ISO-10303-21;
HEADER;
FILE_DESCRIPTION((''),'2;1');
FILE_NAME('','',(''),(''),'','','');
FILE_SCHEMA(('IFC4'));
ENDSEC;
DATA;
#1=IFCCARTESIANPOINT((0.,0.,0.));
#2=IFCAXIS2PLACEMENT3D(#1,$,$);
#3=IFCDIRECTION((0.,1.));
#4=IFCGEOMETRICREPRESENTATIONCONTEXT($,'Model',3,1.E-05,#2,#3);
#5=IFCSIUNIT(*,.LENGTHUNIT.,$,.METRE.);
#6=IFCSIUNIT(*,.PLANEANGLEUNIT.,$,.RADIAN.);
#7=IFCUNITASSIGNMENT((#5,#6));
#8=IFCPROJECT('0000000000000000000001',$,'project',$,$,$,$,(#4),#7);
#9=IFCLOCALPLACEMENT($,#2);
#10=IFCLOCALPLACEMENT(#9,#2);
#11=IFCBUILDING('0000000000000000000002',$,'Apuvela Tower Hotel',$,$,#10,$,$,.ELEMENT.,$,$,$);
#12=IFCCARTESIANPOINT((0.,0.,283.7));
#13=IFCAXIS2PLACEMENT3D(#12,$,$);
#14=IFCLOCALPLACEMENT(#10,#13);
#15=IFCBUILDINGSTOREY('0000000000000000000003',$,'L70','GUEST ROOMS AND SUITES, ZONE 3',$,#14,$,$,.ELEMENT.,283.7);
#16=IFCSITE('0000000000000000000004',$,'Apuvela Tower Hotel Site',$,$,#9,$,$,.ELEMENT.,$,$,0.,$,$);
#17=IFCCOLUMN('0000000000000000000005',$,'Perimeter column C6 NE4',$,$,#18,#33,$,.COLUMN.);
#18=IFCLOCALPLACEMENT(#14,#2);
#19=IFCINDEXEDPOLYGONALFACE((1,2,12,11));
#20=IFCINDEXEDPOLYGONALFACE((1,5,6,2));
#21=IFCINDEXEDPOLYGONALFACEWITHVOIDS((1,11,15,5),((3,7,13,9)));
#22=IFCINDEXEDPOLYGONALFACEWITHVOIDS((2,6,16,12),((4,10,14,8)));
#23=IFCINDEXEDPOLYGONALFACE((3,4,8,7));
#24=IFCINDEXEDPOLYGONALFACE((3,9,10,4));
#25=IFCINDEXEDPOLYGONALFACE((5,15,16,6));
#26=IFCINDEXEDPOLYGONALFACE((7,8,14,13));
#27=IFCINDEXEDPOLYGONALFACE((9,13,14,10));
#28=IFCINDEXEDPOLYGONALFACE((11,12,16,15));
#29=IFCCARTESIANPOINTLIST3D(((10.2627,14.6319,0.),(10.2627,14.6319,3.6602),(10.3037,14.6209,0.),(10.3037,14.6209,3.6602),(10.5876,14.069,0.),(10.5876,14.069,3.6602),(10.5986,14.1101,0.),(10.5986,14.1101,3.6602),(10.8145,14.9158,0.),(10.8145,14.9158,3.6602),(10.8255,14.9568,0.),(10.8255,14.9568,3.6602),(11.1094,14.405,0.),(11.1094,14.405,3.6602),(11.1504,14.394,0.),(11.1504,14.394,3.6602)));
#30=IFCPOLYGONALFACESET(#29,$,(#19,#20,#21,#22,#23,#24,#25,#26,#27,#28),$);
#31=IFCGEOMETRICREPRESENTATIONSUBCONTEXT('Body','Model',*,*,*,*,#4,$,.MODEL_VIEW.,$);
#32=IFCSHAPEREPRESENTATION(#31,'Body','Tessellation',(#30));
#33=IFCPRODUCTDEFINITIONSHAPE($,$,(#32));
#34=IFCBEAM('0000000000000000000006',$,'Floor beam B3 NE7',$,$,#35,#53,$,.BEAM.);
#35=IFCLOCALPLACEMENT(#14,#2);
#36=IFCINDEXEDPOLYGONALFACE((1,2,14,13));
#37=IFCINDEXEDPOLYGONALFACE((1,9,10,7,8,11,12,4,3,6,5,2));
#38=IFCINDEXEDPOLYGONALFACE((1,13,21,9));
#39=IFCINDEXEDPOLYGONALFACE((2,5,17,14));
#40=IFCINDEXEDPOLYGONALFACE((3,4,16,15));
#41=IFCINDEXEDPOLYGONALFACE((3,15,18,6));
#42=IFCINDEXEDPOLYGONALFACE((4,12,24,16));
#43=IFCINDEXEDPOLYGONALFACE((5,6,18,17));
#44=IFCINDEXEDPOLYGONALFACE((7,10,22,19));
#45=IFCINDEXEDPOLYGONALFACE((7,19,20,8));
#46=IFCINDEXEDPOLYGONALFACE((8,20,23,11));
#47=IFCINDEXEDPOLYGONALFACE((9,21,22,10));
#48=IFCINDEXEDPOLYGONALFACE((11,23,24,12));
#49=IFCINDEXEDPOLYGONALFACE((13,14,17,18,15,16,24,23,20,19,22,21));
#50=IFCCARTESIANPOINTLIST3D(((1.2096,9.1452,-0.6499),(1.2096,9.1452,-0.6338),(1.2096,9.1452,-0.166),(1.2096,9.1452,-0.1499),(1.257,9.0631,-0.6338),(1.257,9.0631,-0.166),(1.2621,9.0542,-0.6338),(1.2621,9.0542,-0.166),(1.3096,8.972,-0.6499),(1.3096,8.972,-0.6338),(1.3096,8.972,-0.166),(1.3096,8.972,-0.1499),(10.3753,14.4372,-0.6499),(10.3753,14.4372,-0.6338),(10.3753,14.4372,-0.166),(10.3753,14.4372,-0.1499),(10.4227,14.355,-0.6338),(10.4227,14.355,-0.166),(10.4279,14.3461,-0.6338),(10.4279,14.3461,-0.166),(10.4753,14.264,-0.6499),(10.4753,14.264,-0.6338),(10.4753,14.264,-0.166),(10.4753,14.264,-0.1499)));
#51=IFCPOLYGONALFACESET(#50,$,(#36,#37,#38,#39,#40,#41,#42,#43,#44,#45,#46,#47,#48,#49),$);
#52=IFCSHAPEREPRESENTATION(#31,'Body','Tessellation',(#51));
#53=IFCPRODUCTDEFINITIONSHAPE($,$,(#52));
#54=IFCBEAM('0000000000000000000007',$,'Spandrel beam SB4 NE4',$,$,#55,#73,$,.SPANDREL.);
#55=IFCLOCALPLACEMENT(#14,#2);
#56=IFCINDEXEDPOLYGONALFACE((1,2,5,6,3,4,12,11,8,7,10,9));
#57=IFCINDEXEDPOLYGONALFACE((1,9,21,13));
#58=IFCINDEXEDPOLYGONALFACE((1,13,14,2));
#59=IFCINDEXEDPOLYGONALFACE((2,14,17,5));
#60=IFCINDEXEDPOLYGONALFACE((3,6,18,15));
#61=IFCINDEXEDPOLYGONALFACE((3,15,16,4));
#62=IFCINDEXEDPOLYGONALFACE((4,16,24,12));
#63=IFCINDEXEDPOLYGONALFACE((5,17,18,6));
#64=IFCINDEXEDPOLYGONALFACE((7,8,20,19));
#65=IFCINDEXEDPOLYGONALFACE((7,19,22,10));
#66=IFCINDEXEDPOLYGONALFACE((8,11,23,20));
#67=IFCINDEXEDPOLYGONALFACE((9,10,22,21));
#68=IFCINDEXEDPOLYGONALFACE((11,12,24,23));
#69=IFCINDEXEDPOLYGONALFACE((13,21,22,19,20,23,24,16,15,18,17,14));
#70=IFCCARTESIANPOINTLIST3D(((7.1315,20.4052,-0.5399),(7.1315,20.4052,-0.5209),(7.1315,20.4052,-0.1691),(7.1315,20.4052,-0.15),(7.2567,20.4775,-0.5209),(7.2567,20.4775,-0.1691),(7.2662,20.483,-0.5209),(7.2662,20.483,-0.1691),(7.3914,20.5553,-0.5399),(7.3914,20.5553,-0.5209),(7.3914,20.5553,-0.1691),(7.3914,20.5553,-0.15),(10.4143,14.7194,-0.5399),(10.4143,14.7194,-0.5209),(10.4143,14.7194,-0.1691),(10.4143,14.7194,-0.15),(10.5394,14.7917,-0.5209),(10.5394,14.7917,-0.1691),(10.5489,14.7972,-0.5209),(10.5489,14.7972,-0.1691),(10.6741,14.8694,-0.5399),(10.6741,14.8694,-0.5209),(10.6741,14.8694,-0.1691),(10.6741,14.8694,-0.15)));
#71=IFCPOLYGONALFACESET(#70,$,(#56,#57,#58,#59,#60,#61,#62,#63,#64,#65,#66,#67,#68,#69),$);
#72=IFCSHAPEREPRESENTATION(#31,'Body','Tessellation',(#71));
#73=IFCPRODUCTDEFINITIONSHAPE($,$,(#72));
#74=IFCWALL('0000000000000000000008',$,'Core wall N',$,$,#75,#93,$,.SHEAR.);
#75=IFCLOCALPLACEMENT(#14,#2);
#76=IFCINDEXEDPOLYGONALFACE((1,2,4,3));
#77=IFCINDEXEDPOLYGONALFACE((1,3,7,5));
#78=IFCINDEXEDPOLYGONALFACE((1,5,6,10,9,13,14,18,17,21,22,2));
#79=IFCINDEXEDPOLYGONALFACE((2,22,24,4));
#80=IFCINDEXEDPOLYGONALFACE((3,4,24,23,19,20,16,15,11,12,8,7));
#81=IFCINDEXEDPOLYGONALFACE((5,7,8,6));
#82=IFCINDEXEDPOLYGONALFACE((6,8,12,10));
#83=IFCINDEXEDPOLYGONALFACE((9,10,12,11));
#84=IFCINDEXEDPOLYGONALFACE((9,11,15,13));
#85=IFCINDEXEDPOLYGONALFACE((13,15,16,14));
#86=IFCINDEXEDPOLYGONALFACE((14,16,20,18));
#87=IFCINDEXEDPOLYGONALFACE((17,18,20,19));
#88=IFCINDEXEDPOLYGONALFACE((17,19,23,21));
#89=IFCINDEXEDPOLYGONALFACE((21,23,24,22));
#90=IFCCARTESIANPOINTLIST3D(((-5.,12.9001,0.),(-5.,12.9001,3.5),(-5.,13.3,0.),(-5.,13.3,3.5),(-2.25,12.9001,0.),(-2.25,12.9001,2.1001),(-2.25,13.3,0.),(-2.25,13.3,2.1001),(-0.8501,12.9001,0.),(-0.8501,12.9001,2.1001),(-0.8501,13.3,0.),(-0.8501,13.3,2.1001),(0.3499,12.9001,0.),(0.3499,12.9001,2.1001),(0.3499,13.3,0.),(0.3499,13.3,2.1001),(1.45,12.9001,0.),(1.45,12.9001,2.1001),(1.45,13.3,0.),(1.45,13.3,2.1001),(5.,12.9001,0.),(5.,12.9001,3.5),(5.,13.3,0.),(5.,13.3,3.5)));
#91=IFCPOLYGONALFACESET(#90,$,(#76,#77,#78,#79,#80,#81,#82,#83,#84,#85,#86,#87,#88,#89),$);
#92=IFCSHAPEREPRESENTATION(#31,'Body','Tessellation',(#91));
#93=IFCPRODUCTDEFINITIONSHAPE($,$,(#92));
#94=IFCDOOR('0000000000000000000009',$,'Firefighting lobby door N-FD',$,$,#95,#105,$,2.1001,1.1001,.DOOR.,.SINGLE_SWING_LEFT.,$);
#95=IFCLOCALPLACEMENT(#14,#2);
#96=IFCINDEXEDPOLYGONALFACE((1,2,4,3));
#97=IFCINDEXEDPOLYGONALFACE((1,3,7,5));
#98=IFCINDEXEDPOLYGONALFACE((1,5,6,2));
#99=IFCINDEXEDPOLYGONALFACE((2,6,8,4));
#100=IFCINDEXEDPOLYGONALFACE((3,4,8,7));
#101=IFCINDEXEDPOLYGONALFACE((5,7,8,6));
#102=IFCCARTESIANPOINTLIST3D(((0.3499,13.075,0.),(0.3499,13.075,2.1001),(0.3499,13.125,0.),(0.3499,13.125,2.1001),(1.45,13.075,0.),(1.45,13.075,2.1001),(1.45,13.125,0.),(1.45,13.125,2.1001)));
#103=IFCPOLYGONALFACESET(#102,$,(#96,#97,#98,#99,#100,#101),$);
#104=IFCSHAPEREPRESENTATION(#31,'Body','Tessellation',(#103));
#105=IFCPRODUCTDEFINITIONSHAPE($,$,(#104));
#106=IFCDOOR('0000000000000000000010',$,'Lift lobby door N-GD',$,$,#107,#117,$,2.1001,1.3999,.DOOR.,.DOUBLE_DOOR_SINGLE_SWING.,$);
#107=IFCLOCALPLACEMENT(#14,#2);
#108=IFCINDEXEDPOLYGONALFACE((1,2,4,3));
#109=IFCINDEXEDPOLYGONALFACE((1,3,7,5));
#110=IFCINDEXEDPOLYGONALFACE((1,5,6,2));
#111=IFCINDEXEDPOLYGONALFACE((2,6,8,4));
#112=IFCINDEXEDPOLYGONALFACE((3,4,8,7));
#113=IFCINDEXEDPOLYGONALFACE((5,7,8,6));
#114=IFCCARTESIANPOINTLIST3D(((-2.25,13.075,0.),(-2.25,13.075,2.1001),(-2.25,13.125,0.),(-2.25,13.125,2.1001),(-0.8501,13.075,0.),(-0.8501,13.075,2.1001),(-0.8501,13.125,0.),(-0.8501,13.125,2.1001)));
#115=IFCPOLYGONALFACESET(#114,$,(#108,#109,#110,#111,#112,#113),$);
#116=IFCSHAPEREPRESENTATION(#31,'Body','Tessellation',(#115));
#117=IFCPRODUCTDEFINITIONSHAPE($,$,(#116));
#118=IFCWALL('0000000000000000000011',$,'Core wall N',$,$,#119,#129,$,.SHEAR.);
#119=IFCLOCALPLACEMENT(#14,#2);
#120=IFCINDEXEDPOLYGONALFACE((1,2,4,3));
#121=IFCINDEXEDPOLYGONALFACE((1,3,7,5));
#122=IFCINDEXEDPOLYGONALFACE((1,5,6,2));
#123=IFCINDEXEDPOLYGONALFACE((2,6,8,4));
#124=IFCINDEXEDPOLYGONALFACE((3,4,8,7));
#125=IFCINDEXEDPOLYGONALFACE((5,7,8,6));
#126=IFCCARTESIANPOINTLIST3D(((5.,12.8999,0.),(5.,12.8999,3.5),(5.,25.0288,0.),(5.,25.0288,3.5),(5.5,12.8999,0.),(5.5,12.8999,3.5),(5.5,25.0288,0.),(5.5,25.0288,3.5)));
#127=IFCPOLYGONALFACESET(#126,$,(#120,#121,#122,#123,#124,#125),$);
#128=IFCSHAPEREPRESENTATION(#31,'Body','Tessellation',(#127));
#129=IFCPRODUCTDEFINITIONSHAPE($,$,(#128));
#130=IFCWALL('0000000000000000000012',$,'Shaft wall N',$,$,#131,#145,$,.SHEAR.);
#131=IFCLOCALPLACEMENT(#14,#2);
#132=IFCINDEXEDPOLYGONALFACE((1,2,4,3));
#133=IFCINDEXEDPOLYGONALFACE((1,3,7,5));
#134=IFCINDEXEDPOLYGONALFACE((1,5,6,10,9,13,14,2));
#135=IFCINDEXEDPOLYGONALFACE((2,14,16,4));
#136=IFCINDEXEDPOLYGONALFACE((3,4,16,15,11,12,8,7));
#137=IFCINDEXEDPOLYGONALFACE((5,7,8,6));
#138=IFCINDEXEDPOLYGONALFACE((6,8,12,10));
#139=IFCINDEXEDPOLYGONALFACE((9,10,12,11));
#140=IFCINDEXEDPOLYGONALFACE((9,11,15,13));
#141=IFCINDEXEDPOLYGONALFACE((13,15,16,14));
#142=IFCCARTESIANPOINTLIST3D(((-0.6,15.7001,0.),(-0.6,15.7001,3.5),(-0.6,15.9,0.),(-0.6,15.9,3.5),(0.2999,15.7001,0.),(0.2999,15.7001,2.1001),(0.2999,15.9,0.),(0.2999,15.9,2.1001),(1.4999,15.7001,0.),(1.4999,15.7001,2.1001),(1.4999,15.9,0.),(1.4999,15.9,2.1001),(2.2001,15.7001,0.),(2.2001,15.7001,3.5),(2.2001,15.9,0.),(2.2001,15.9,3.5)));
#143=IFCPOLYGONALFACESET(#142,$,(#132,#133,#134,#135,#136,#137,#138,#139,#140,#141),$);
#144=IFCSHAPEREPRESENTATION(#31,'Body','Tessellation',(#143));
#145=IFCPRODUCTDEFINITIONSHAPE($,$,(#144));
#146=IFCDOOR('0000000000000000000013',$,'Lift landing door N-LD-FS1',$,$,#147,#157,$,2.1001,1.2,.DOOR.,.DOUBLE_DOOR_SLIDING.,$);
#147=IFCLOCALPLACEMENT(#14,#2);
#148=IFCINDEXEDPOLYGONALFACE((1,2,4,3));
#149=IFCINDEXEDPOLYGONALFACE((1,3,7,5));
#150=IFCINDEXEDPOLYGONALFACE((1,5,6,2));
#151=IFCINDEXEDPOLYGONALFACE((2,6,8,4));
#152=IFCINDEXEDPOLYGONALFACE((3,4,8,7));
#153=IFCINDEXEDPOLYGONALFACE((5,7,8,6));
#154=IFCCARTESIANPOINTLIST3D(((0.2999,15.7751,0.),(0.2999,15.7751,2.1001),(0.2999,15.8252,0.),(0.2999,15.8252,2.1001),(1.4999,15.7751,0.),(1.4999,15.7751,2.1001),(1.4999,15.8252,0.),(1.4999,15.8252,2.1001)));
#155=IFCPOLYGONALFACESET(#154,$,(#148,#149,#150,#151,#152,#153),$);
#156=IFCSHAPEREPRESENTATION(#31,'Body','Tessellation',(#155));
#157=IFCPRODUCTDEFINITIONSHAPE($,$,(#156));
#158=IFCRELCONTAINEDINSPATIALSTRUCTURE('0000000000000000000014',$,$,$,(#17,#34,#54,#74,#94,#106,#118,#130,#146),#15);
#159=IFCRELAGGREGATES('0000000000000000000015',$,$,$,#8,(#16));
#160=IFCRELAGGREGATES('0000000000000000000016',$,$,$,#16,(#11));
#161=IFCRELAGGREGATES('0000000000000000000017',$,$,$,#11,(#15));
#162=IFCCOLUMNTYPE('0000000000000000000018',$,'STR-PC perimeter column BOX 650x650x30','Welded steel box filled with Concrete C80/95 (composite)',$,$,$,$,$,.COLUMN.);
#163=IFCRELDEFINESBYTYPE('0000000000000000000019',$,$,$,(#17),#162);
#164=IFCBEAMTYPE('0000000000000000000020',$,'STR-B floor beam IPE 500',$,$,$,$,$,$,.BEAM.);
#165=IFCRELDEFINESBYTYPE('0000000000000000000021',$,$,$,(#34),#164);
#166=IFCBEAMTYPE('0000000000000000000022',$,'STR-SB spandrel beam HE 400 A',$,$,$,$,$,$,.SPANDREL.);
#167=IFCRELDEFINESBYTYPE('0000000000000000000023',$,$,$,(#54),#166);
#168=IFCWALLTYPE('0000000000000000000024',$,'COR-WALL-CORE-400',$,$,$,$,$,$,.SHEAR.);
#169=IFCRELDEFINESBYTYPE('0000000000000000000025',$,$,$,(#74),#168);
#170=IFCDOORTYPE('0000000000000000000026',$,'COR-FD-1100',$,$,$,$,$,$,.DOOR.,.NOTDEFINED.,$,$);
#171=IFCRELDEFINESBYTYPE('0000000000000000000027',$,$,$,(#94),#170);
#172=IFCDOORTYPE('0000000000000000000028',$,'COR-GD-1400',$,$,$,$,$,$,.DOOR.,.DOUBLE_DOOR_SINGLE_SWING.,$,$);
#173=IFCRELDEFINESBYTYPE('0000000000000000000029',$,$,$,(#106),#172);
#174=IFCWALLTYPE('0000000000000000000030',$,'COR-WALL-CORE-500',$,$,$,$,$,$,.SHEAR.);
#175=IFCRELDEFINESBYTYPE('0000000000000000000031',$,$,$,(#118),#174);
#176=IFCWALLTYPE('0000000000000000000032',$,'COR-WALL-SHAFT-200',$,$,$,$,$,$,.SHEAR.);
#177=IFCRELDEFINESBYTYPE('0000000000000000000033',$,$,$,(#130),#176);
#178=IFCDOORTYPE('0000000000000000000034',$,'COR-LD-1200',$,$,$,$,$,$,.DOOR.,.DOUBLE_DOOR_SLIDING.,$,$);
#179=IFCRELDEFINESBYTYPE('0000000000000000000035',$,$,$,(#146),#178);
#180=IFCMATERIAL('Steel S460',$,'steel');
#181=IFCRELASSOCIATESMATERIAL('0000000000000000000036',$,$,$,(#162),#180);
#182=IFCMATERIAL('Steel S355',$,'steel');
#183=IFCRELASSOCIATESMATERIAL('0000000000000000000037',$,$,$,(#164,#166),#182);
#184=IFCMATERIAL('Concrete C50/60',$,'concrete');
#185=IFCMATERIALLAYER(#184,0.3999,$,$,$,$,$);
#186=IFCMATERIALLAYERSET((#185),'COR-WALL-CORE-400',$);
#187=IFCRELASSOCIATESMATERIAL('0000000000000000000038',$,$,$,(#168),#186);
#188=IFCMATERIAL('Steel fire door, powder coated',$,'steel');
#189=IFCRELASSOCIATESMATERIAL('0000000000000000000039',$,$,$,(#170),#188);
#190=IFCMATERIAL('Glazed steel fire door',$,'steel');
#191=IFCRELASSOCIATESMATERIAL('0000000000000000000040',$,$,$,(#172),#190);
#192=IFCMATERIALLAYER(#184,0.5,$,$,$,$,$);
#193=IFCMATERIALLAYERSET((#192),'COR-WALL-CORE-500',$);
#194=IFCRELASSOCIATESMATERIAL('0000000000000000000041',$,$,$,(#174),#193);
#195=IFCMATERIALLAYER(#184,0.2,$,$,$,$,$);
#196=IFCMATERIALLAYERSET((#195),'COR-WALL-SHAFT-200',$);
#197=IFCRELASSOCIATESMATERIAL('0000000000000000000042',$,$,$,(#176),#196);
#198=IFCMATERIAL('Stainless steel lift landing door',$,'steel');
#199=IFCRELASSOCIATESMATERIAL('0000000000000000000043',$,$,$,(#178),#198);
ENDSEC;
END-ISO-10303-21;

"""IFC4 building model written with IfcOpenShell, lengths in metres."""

from ifc_helpers import new_model, si_unit, direction, frame, frame_2d, origin, origin_2d, place, context, subcontext, project, spatial, rectangle, hollow_rectangle, i_section, extrude, boolean, halfspace, material, layer, layer_set, material_profile, profile_set, type_object, element, fill, save


model = new_model("IFC4")

# Units and contexts
model_context = context("Model", 3, precision=1e-05, world=origin(), true_north=direction((0.0, 1.0)))
body_context = subcontext(model_context, "Body", "Model", "MODEL_VIEW")
ifc_project = project(units=[si_unit("LENGTHUNIT", "METRE"), si_unit("PLANEANGLEUNIT", "RADIAN")], contexts=[model_context])

# Site, building, storey
site_placement = place(None, origin())
site = spatial("IfcSite", under=ifc_project, at=site_placement, Name="Apuvela Tower Hotel Site", CompositionType="ELEMENT", RefElevation=0.0)
building_placement = place(site_placement, origin())
building = spatial("IfcBuilding", under=site, at=building_placement, Name="Apuvela Tower Hotel", CompositionType="ELEMENT")
storey_placement = place(building_placement, frame((0.0, 0.0, 283.7)))
storey = spatial("IfcBuildingStorey", under=building, at=storey_placement, Name="L70", Description="GUEST ROOMS AND SUITES, ZONE 3", CompositionType="ELEMENT", Elevation=283.7)

# Column
ifc_material_1 = material(Name="Steel S460", Category="steel")
ifc_material_profile_1 = material_profile(ifc_material_1, hollow_rectangle(XDim=0.6499, YDim=0.6499, WallThickness=0.03, at=origin_2d()), Name="BOX 650x650x30")
ifc_material_2 = material(Name="Concrete C80/95", Category="concrete")
ifc_material_profile_2 = material_profile(ifc_material_2, rectangle(XDim=0.5901, YDim=0.5901, at=origin_2d()), Name="Concrete C80/95 infill")
ifc_profile_set_1 = profile_set([ifc_material_profile_1, ifc_material_profile_2], Name="Steel S460")
column_type = type_object("IfcColumnType", Name="STR-PC perimeter column BOX 650x650x30", Description="Welded steel box filled with Concrete C80/95 (composite)", PredefinedType="COLUMN", material=ifc_profile_set_1)
column_placement = place(storey_placement, frame((10.7065, 14.5129, 0.0), z_axis=(0.0, 0.0, 1.0), x_axis=(-0.5, 0.866025, 0.0)))
element("IfcColumn", 1, at=column_placement, inside=storey, type_object=column_type, Name="Perimeter column C6 NE4", PredefinedType="COLUMN", context=body_context, shape_type="SweptSolid", body=[
    boolean("DIFFERENCE", extrude(hollow_rectangle(XDim=0.6499, YDim=0.6499, WallThickness=0.03, at=origin_2d()), origin(), (0.0, 0.0, 1.0), 3.7), halfspace(frame((0.0, 0.0, 3.6602), z_axis=(0.0, 0.0, 1.0), x_axis=(1.0, 0.0, 0.0)), False)),
])

# Beams
ifc_material_3 = material(Name="Steel S355", Category="steel")
ifc_material_profile_3 = material_profile(ifc_material_3, i_section(OverallWidth=0.2, OverallDepth=0.5, WebThickness=0.0103, FlangeThickness=0.0161, at=origin_2d()), Name="IPE 500")
ifc_profile_set_2 = profile_set([ifc_material_profile_3], Name="Steel S355")
beam_type_1 = type_object("IfcBeamType", Name="STR-B floor beam IPE 500", PredefinedType="BEAM", material=ifc_profile_set_2)
beam_1_placement = place(storey_placement, frame((10.4253, 14.3506, -0.3999), z_axis=(-0.86602, -0.500009, 0.0), x_axis=(0.500009, -0.86602, 0.0)))
element("IfcBeam", 2, at=beam_1_placement, inside=storey, type_object=beam_type_1, Name="Floor beam B3 NE7", PredefinedType="BEAM", context=body_context, shape_type="SweptSolid", body=[
    extrude(i_section(OverallWidth=0.2, OverallDepth=0.5, WebThickness=0.0103, FlangeThickness=0.0161, at=origin_2d()), origin(), (0.0, 0.0, 1.0), 10.5837),
])
ifc_material_profile_4 = material_profile(ifc_material_3, i_section(OverallWidth=0.3, OverallDepth=0.3899, WebThickness=0.011, FlangeThickness=0.019, at=origin_2d()), Name="HE 400 A")
ifc_profile_set_3 = profile_set([ifc_material_profile_4], Name="Steel S355")
beam_type_2 = type_object("IfcBeamType", Name="STR-SB spandrel beam HE 400 A", PredefinedType="SPANDREL", material=ifc_profile_set_3)
beam_2_placement = place(storey_placement, frame((10.5442, 14.7944, -0.345), z_axis=(-0.500002, 0.866024, 0.0), x_axis=(-0.866024, -0.500002, 0.0)))
element("IfcBeam", 3, at=beam_2_placement, inside=storey, type_object=beam_type_2, Name="Spandrel beam SB4 NE4", PredefinedType="SPANDREL", context=body_context, shape_type="SweptSolid", body=[
    extrude(i_section(OverallWidth=0.3, OverallDepth=0.3899, WebThickness=0.011, FlangeThickness=0.019, at=origin_2d()), origin(), (0.0, 0.0, 1.0), 6.5654),
])

# Wall, openings, doors
ifc_material_4 = material(Name="Concrete C50/60", Category="concrete")
ifc_layer_1 = layer(ifc_material_4, 0.3999)
ifc_layer_set_1 = layer_set([ifc_layer_1], Name="COR-WALL-CORE-400")
wall_type_1 = type_object("IfcWallType", Name="COR-WALL-CORE-400", PredefinedType="SHEAR", material=ifc_layer_set_1)
wall_1_placement = place(storey_placement, frame((5.0, 13.1001, 0.0), z_axis=(0.0, 0.0, 1.0), x_axis=(-1.0, 0.0, 0.0)))
wall_1 = element("IfcWall", 4, at=wall_1_placement, inside=storey, type_object=wall_type_1, Name="Core wall N", PredefinedType="SHEAR", context=body_context, shape_type="SweptSolid", body=[
    extrude(rectangle(XDim=10.0, YDim=0.3999, at=frame_2d((5.0, 0.0))), origin(), (0.0, 0.0, 1.0), 3.5),
])
opening_1_placement = place(wall_1_placement, frame((3.55, 0.0, 0.0)))
opening_1 = element("IfcOpeningElement", 5, at=opening_1_placement, cuts=wall_1, PredefinedType="OPENING", context=body_context, shape_type="SweptSolid", body=[
    extrude(rectangle(XDim=1.1001, YDim=2.1001, at=frame_2d((0.55, 1.05))), frame((0.0, 0.21, 0.0), z_axis=(0.0, -1.0, 0.0), x_axis=(1.0, 0.0, 0.0)), (0.0, 0.0, 1.0), 0.4199),
])
opening_2_placement = place(wall_1_placement, frame((5.8501, 0.0, 0.0)))
opening_2 = element("IfcOpeningElement", 6, at=opening_2_placement, cuts=wall_1, PredefinedType="OPENING", context=body_context, shape_type="SweptSolid", body=[
    extrude(rectangle(XDim=1.3999, YDim=2.1001, at=frame_2d((0.7, 1.05))), frame((0.0, 0.21, 0.0), z_axis=(0.0, -1.0, 0.0), x_axis=(1.0, 0.0, 0.0)), (0.0, 0.0, 1.0), 0.4199),
])
ifc_material_5 = material(Name="Steel fire door, powder coated", Category="steel")
door_type_1 = type_object("IfcDoorType", Name="COR-FD-1100", OperationType="NOTDEFINED", PredefinedType="DOOR", material=ifc_material_5)
door_1_placement = place(opening_1_placement, frame((1.1001, 0.0, 0.0), z_axis=(0.0, 0.0, 1.0), x_axis=(-1.0, 0.0, 0.0)))
door_1 = element("IfcDoor", 7, at=door_1_placement, inside=storey, type_object=door_type_1, Name="Firefighting lobby door N-FD", OperationType="SINGLE_SWING_LEFT", OverallHeight=2.1001, OverallWidth=1.1001, PredefinedType="DOOR", context=body_context, shape_type="SweptSolid", body=[
    extrude(rectangle(XDim=1.1001, YDim=2.1001, at=frame_2d((0.55, 1.05))), frame((0.0, 0.0249, 0.0), z_axis=(0.0, -1.0, 0.0), x_axis=(1.0, 0.0, 0.0)), (0.0, 0.0, 1.0), 0.05),
])
fill(opening_1, door_1)
ifc_material_6 = material(Name="Glazed steel fire door", Category="steel")
door_type_2 = type_object("IfcDoorType", Name="COR-GD-1400", OperationType="DOUBLE_DOOR_SINGLE_SWING", PredefinedType="DOOR", material=ifc_material_6)
door_2_placement = place(opening_2_placement, frame((1.3999, 0.0, 0.0), z_axis=(0.0, 0.0, 1.0), x_axis=(-1.0, 0.0, 0.0)))
door_2 = element("IfcDoor", 8, at=door_2_placement, inside=storey, type_object=door_type_2, Name="Lift lobby door N-GD", OperationType="DOUBLE_DOOR_SINGLE_SWING", OverallHeight=2.1001, OverallWidth=1.3999, PredefinedType="DOOR", context=body_context, shape_type="SweptSolid", body=[
    extrude(rectangle(XDim=1.3999, YDim=2.1001, at=frame_2d((0.7, 1.05))), frame((0.0, 0.0249, 0.0), z_axis=(0.0, -1.0, 0.0), x_axis=(1.0, 0.0, 0.0)), (0.0, 0.0, 1.0), 0.05),
])
fill(opening_2, door_2)

# Wall
ifc_layer_2 = layer(ifc_material_4, 0.5)
ifc_layer_set_2 = layer_set([ifc_layer_2], Name="COR-WALL-CORE-500")
wall_type_2 = type_object("IfcWallType", Name="COR-WALL-CORE-500", PredefinedType="SHEAR", material=ifc_layer_set_2)
wall_2_placement = place(storey_placement, frame((5.25, 12.8999, 0.0), z_axis=(0.0, 0.0, 1.0), x_axis=(0.0, 1.0, 0.0)))
element("IfcWall", 9, at=wall_2_placement, inside=storey, type_object=wall_type_2, Name="Core wall N", PredefinedType="SHEAR", context=body_context, shape_type="SweptSolid", body=[
    extrude(rectangle(XDim=12.1289, YDim=0.5, at=frame_2d((6.0645, 0.0))), origin(), (0.0, 0.0, 1.0), 3.5),
])

# Wall, opening, door
ifc_layer_3 = layer(ifc_material_4, 0.2)
ifc_layer_set_3 = layer_set([ifc_layer_3], Name="COR-WALL-SHAFT-200")
wall_type_3 = type_object("IfcWallType", Name="COR-WALL-SHAFT-200", PredefinedType="SHEAR", material=ifc_layer_set_3)
wall_3_placement = place(storey_placement, frame((2.2, 15.8, 0.0), z_axis=(0.0, 0.0, 1.0), x_axis=(-1.0, 0.0, 0.0)))
wall_3 = element("IfcWall", 10, at=wall_3_placement, inside=storey, type_object=wall_type_3, Name="Shaft wall N", PredefinedType="SHEAR", context=body_context, shape_type="SweptSolid", body=[
    extrude(rectangle(XDim=2.8, YDim=0.2, at=frame_2d((1.3999, 0.0))), origin(), (0.0, 0.0, 1.0), 3.5),
])
opening_3_placement = place(wall_3_placement, frame((0.7, 0.0, 0.0)))
opening_3 = element("IfcOpeningElement", 11, at=opening_3_placement, cuts=wall_3, PredefinedType="OPENING", context=body_context, shape_type="SweptSolid", body=[
    extrude(rectangle(XDim=1.2, YDim=2.1001, at=frame_2d((0.6001, 1.05))), frame((0.0, 0.1099, 0.0), z_axis=(0.0, -1.0, 0.0), x_axis=(1.0, 0.0, 0.0)), (0.0, 0.0, 1.0), 0.22),
])
ifc_material_7 = material(Name="Stainless steel lift landing door", Category="steel")
door_type_3 = type_object("IfcDoorType", Name="COR-LD-1200", OperationType="DOUBLE_DOOR_SLIDING", PredefinedType="DOOR", material=ifc_material_7)
door_3_placement = place(opening_3_placement, origin())
door_3 = element("IfcDoor", 12, at=door_3_placement, inside=storey, type_object=door_type_3, Name="Lift landing door N-LD-FS1", OperationType="DOUBLE_DOOR_SLIDING", OverallHeight=2.1001, OverallWidth=1.2, PredefinedType="DOOR", context=body_context, shape_type="SweptSolid", body=[
    extrude(rectangle(XDim=1.2, YDim=2.1001, at=frame_2d((0.6001, 1.05))), frame((0.0, 0.0249, 0.0), z_axis=(0.0, -1.0, 0.0), x_axis=(1.0, 0.0, 0.0)), (0.0, 0.0, 1.0), 0.05),
])
fill(opening_3, door_3)

save(model, "model.ifc")
